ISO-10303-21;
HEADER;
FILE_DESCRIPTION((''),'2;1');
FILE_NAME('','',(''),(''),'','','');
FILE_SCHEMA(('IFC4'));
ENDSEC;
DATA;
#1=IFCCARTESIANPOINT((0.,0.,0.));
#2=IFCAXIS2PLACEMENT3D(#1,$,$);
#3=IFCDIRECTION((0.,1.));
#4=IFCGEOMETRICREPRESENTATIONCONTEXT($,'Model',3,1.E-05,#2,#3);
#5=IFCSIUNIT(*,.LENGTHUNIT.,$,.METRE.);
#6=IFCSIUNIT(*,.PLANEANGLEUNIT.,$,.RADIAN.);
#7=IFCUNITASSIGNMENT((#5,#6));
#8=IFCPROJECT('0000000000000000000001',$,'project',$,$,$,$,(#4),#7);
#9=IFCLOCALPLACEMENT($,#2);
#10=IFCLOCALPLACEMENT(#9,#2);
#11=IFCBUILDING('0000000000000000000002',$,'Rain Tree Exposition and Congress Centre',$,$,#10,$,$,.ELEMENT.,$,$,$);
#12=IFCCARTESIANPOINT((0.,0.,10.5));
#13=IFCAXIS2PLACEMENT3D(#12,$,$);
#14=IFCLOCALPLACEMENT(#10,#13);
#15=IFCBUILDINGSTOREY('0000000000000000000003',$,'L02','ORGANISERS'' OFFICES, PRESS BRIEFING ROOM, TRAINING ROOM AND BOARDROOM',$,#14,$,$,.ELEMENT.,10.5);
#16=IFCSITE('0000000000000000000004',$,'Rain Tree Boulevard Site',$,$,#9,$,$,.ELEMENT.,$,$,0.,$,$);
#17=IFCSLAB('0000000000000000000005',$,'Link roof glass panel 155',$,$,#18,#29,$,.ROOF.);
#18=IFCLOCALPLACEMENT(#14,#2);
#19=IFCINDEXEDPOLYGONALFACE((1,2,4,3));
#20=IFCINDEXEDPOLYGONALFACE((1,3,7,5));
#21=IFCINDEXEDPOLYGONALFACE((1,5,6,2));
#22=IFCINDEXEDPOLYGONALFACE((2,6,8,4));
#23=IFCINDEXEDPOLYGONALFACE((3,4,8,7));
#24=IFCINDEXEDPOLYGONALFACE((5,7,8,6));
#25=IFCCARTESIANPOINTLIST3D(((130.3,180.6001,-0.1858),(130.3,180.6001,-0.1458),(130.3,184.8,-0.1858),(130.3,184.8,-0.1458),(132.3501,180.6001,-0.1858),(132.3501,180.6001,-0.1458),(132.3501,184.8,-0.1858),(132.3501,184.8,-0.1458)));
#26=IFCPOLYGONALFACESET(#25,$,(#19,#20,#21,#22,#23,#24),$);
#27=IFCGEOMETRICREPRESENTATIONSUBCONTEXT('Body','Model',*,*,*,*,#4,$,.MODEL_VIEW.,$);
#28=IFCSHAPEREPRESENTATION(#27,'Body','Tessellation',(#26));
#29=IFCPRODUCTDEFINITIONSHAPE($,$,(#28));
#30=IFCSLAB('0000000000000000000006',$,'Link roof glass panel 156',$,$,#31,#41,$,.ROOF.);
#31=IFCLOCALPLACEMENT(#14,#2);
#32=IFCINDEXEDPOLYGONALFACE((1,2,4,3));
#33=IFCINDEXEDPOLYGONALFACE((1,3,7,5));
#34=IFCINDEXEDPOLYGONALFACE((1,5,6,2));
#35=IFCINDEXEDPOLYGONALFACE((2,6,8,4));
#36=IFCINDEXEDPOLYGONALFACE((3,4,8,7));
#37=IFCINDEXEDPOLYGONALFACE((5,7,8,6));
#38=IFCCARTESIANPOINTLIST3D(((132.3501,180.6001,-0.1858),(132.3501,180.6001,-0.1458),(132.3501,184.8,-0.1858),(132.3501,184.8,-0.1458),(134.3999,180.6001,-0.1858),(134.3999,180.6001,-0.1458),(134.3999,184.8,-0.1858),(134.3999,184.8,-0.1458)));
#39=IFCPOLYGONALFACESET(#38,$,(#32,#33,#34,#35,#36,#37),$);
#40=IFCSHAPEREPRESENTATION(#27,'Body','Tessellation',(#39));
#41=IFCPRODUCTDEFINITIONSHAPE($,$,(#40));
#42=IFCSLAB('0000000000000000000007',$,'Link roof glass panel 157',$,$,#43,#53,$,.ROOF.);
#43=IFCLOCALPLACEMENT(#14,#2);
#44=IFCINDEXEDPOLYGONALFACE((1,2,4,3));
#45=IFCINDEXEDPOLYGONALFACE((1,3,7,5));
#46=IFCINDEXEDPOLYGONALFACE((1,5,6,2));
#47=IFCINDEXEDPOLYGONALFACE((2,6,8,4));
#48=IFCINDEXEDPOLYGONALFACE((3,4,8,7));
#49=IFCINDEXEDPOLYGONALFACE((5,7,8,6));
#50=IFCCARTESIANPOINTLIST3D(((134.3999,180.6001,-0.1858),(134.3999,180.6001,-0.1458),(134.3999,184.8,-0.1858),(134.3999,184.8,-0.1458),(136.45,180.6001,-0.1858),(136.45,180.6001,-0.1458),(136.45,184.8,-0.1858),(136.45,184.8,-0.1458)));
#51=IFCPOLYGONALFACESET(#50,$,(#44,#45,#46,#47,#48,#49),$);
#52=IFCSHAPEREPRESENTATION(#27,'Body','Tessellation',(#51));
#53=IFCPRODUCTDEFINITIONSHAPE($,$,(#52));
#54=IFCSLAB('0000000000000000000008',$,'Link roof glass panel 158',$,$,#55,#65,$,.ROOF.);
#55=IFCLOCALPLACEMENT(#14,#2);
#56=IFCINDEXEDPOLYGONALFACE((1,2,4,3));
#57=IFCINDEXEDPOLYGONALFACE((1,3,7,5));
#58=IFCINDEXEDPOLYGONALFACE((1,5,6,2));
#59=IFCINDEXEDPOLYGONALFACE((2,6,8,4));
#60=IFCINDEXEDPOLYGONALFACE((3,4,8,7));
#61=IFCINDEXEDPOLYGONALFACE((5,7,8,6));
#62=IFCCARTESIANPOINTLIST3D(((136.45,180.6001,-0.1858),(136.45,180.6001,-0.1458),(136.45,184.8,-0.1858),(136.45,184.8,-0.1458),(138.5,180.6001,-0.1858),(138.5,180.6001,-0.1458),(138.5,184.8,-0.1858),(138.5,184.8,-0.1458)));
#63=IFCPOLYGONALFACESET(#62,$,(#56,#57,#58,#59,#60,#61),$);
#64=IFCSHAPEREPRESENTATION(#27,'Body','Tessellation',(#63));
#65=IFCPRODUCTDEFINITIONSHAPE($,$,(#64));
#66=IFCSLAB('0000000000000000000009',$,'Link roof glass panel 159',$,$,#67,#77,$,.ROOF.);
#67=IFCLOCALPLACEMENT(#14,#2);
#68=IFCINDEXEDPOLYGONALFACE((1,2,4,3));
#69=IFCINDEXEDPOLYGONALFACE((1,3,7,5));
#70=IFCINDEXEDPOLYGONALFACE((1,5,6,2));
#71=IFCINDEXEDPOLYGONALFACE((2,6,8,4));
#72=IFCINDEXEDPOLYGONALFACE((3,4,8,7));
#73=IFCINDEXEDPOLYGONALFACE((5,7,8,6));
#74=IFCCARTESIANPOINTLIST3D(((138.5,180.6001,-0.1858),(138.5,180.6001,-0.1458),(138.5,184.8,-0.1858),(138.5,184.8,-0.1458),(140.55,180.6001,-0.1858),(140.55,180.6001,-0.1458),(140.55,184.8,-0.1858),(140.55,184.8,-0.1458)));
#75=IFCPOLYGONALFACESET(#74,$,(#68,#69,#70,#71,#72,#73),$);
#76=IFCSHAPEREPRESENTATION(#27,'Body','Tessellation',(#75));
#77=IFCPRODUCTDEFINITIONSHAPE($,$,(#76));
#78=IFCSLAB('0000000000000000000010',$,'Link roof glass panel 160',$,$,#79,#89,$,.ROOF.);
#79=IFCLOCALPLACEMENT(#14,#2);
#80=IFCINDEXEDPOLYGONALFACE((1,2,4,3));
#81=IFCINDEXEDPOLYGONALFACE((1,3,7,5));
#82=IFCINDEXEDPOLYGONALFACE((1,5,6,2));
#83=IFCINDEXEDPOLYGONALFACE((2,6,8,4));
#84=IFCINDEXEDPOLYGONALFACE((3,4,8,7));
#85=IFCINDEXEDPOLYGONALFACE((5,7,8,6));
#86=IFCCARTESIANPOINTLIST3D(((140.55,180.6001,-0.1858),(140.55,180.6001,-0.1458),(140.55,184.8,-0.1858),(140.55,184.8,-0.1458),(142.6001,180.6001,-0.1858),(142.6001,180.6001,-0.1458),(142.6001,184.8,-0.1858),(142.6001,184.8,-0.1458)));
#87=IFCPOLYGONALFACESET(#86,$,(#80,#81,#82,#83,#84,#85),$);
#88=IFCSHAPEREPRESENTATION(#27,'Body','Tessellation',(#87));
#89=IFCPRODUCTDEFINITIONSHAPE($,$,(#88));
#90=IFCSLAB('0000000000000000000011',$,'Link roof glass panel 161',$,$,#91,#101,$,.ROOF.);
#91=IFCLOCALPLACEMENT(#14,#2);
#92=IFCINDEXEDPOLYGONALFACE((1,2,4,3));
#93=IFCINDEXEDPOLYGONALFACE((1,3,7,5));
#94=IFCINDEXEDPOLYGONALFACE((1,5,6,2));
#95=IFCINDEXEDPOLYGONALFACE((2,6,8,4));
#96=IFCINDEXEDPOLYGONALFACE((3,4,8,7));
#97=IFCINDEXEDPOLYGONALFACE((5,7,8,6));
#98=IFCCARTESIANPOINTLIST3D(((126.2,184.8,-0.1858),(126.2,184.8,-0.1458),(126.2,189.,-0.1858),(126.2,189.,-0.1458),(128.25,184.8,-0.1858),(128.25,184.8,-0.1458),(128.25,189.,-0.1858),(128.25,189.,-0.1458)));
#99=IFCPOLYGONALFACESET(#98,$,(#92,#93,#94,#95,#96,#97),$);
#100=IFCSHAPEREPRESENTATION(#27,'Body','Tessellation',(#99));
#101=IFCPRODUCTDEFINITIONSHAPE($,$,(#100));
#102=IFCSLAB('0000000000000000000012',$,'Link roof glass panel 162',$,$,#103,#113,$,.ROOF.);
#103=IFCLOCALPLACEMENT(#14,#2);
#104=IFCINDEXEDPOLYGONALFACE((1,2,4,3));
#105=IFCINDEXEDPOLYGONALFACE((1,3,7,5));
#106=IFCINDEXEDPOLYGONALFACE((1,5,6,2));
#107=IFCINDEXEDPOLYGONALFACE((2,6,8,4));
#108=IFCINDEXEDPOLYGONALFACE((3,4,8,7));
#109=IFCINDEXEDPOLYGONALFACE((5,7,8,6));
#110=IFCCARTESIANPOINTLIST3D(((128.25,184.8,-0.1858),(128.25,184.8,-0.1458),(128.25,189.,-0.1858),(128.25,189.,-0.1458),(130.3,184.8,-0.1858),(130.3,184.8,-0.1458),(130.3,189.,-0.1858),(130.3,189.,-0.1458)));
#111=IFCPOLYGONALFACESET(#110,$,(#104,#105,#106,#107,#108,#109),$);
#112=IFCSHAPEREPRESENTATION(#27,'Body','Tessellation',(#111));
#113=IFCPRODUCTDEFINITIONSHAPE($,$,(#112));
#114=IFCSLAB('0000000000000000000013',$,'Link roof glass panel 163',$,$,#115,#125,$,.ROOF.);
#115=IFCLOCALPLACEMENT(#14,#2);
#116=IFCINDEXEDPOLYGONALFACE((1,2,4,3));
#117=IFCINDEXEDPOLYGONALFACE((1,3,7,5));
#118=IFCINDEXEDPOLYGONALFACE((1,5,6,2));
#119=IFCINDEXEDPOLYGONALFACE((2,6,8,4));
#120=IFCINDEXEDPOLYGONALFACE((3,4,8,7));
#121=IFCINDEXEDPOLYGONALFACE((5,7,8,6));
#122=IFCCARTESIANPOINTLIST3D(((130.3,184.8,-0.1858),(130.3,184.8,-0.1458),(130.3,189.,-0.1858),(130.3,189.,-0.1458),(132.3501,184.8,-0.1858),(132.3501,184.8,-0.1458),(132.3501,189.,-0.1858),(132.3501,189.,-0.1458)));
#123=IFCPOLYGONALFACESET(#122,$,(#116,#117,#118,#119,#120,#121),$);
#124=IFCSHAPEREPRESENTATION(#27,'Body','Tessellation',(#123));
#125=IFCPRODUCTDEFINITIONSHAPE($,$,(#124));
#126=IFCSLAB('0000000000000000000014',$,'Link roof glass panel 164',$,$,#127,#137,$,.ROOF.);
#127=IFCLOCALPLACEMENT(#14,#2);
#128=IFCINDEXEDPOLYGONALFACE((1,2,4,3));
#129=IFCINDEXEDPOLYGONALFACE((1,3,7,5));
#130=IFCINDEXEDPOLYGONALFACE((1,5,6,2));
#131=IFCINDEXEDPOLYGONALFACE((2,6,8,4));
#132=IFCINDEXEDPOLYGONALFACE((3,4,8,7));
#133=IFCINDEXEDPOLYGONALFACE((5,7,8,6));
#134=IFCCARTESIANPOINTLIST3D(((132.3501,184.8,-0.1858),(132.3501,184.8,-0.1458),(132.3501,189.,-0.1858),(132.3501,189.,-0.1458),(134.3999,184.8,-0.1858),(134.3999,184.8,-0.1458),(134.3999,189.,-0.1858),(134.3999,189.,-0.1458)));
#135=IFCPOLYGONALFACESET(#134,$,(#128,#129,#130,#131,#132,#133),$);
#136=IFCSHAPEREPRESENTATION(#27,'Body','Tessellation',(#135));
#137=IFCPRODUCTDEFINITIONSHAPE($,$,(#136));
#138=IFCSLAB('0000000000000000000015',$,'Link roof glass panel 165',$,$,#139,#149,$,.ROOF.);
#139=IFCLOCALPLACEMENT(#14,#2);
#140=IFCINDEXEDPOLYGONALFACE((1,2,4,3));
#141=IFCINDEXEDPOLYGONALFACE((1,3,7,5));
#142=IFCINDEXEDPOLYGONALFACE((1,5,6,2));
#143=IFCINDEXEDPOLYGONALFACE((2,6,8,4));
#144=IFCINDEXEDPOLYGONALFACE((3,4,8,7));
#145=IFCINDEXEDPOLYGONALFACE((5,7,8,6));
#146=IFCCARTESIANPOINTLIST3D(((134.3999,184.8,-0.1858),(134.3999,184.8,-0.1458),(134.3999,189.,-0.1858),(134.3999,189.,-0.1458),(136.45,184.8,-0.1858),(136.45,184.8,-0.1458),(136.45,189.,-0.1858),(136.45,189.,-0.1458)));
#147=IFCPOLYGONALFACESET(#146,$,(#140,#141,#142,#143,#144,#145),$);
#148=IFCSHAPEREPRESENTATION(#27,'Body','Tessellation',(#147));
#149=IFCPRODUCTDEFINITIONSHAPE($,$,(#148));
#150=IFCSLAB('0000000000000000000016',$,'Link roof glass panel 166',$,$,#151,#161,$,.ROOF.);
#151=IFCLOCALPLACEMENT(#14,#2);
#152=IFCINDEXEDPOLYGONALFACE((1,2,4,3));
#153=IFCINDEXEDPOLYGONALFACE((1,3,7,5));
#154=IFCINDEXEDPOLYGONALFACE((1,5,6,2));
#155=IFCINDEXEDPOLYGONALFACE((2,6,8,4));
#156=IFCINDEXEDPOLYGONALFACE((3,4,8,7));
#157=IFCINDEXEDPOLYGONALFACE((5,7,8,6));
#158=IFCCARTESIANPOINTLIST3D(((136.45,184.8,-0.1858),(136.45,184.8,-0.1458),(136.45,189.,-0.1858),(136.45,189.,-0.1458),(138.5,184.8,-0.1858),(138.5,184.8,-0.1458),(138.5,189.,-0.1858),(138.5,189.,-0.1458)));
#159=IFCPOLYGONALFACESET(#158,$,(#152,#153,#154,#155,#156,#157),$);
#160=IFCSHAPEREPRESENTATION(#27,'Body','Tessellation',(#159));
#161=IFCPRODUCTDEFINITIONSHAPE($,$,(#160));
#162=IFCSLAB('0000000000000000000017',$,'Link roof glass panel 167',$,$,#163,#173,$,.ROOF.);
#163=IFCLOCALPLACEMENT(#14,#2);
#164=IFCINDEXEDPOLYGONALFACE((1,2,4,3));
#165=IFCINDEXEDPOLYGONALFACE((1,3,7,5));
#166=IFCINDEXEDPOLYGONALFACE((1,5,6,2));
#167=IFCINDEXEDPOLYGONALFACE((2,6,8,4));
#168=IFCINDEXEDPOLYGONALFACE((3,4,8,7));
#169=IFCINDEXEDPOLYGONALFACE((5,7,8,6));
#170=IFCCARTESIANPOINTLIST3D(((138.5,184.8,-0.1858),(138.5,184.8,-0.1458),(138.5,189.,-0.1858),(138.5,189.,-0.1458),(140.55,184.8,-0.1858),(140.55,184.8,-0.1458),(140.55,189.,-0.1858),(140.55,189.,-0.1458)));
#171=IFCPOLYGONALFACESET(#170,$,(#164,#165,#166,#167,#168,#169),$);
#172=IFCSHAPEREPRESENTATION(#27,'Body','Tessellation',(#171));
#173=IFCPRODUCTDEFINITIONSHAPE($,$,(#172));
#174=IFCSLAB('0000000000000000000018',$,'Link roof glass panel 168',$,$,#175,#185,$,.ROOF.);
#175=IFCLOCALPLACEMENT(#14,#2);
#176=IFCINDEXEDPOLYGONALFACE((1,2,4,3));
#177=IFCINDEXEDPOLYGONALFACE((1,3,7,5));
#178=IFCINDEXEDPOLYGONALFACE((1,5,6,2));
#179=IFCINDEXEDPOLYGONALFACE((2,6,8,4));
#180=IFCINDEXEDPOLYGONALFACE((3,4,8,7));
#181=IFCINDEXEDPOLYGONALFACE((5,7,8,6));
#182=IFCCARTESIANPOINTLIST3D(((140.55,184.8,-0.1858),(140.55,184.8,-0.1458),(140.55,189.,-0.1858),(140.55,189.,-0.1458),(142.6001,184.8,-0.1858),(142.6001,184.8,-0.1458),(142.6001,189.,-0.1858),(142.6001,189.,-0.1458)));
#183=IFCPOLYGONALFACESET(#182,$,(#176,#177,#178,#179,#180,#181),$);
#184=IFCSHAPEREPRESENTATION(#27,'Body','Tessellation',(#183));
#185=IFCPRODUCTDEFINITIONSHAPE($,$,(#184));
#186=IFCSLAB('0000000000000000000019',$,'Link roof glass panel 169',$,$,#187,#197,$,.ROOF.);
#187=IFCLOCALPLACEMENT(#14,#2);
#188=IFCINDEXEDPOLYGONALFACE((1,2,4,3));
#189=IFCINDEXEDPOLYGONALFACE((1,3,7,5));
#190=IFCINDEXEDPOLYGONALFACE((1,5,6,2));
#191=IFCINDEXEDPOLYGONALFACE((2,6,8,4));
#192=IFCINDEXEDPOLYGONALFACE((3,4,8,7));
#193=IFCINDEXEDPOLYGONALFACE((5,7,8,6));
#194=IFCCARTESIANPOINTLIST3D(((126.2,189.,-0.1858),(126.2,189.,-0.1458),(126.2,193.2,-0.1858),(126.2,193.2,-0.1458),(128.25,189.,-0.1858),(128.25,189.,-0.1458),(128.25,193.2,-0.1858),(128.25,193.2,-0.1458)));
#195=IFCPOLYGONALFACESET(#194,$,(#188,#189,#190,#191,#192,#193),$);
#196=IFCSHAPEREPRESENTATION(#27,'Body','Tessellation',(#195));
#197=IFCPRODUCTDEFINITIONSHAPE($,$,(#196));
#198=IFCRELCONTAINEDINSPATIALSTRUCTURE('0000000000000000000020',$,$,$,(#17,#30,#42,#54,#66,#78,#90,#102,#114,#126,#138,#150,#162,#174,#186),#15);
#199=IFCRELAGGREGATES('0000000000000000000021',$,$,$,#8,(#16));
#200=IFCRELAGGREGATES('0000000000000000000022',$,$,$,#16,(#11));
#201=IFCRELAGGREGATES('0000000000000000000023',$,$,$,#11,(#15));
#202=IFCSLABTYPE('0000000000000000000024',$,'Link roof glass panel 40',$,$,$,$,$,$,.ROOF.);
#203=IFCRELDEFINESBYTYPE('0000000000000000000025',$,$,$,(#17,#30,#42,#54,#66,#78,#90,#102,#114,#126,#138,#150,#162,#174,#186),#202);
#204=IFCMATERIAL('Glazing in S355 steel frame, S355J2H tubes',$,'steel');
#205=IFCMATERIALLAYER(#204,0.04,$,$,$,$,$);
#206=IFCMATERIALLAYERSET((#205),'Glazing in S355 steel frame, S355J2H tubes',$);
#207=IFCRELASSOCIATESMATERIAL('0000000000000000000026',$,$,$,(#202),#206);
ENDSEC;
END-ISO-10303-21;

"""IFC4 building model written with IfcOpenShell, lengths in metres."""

from ifc_helpers import new_model, si_unit, direction, frame, origin, place, context, subcontext, project, spatial, polyline, outline, extrude, material, layer, layer_set, type_object, element, save


model = new_model("IFC4")

# Units and contexts
model_context = context("Model", 3, precision=1e-05, world=origin(), true_north=direction((0.0, 1.0)))
body_context = subcontext(model_context, "Body", "Model", "MODEL_VIEW")
ifc_project = project(units=[si_unit("LENGTHUNIT", "METRE"), si_unit("PLANEANGLEUNIT", "RADIAN")], contexts=[model_context])

# Site, building, storey
site_placement = place(None, origin())
site = spatial("IfcSite", under=ifc_project, at=site_placement, Name="Rain Tree Boulevard Site", CompositionType="ELEMENT", RefElevation=0.0)
building_placement = place(site_placement, origin())
building = spatial("IfcBuilding", under=site, at=building_placement, Name="Rain Tree Exposition and Congress Centre", CompositionType="ELEMENT")
storey_placement = place(building_placement, frame((0.0, 0.0, 10.5)))
storey = spatial("IfcBuildingStorey", under=building, at=storey_placement, Name="L02", Description="ORGANISERS' OFFICES, PRESS BRIEFING ROOM, TRAINING ROOM AND BOARDROOM", CompositionType="ELEMENT", Elevation=10.5)

# Slabs
ifc_material = material(Name="Glazing in S355 steel frame, S355J2H tubes", Category="steel")
ifc_layer = layer(ifc_material, 0.04)
ifc_layer_set = layer_set([ifc_layer], Name="Glazing in S355 steel frame, S355J2H tubes")
slab_type = type_object("IfcSlabType", Name="Link roof glass panel 40", PredefinedType="ROOF", material=ifc_layer_set)
slab_1_placement = place(storey_placement, frame((0.0, 0.0, -0.1858)))
element("IfcSlab", 1, at=slab_1_placement, inside=storey, type_object=slab_type, Name="Link roof glass panel 155", PredefinedType="ROOF", context=body_context, shape_type="SweptSolid", body=[
    extrude(outline(polyline([(130.3, 180.6001), (132.3501, 180.6001), (132.3501, 184.8), (130.3, 184.8), (130.3, 180.6001)])), origin(), (0.0, 0.0, 1.0), 0.04),
])
slab_2_placement = place(storey_placement, frame((0.0, 0.0, -0.1858)))
element("IfcSlab", 2, at=slab_2_placement, inside=storey, type_object=slab_type, Name="Link roof glass panel 156", PredefinedType="ROOF", context=body_context, shape_type="SweptSolid", body=[
    extrude(outline(polyline([(132.3501, 180.6001), (134.3999, 180.6001), (134.3999, 184.8), (132.3501, 184.8), (132.3501, 180.6001)])), origin(), (0.0, 0.0, 1.0), 0.04),
])
slab_3_placement = place(storey_placement, frame((0.0, 0.0, -0.1858)))
element("IfcSlab", 3, at=slab_3_placement, inside=storey, type_object=slab_type, Name="Link roof glass panel 157", PredefinedType="ROOF", context=body_context, shape_type="SweptSolid", body=[
    extrude(outline(polyline([(134.3999, 180.6001), (136.45, 180.6001), (136.45, 184.8), (134.3999, 184.8), (134.3999, 180.6001)])), origin(), (0.0, 0.0, 1.0), 0.04),
])
slab_4_placement = place(storey_placement, frame((0.0, 0.0, -0.1858)))
element("IfcSlab", 4, at=slab_4_placement, inside=storey, type_object=slab_type, Name="Link roof glass panel 158", PredefinedType="ROOF", context=body_context, shape_type="SweptSolid", body=[
    extrude(outline(polyline([(136.45, 180.6001), (138.5, 180.6001), (138.5, 184.8), (136.45, 184.8), (136.45, 180.6001)])), origin(), (0.0, 0.0, 1.0), 0.04),
])
slab_5_placement = place(storey_placement, frame((0.0, 0.0, -0.1858)))
element("IfcSlab", 5, at=slab_5_placement, inside=storey, type_object=slab_type, Name="Link roof glass panel 159", PredefinedType="ROOF", context=body_context, shape_type="SweptSolid", body=[
    extrude(outline(polyline([(138.5, 180.6001), (140.55, 180.6001), (140.55, 184.8), (138.5, 184.8), (138.5, 180.6001)])), origin(), (0.0, 0.0, 1.0), 0.04),
])
slab_6_placement = place(storey_placement, frame((0.0, 0.0, -0.1858)))
element("IfcSlab", 6, at=slab_6_placement, inside=storey, type_object=slab_type, Name="Link roof glass panel 160", PredefinedType="ROOF", context=body_context, shape_type="SweptSolid", body=[
    extrude(outline(polyline([(140.55, 180.6001), (142.6001, 180.6001), (142.6001, 184.8), (140.55, 184.8), (140.55, 180.6001)])), origin(), (0.0, 0.0, 1.0), 0.04),
])
slab_7_placement = place(storey_placement, frame((0.0, 0.0, -0.1858)))
element("IfcSlab", 7, at=slab_7_placement, inside=storey, type_object=slab_type, Name="Link roof glass panel 161", PredefinedType="ROOF", context=body_context, shape_type="SweptSolid", body=[
    extrude(outline(polyline([(126.2, 184.8), (128.25, 184.8), (128.25, 189.0), (126.2, 189.0), (126.2, 184.8)])), origin(), (0.0, 0.0, 1.0), 0.04),
])
slab_8_placement = place(storey_placement, frame((0.0, 0.0, -0.1858)))
element("IfcSlab", 8, at=slab_8_placement, inside=storey, type_object=slab_type, Name="Link roof glass panel 162", PredefinedType="ROOF", context=body_context, shape_type="SweptSolid", body=[
    extrude(outline(polyline([(128.25, 184.8), (130.3, 184.8), (130.3, 189.0), (128.25, 189.0), (128.25, 184.8)])), origin(), (0.0, 0.0, 1.0), 0.04),
])
slab_9_placement = place(storey_placement, frame((0.0, 0.0, -0.1858)))
element("IfcSlab", 9, at=slab_9_placement, inside=storey, type_object=slab_type, Name="Link roof glass panel 163", PredefinedType="ROOF", context=body_context, shape_type="SweptSolid", body=[
    extrude(outline(polyline([(130.3, 184.8), (132.3501, 184.8), (132.3501, 189.0), (130.3, 189.0), (130.3, 184.8)])), origin(), (0.0, 0.0, 1.0), 0.04),
])
slab_10_placement = place(storey_placement, frame((0.0, 0.0, -0.1858)))
element("IfcSlab", 10, at=slab_10_placement, inside=storey, type_object=slab_type, Name="Link roof glass panel 164", PredefinedType="ROOF", context=body_context, shape_type="SweptSolid", body=[
    extrude(outline(polyline([(132.3501, 184.8), (134.3999, 184.8), (134.3999, 189.0), (132.3501, 189.0), (132.3501, 184.8)])), origin(), (0.0, 0.0, 1.0), 0.04),
])
slab_11_placement = place(storey_placement, frame((0.0, 0.0, -0.1858)))
element("IfcSlab", 11, at=slab_11_placement, inside=storey, type_object=slab_type, Name="Link roof glass panel 165", PredefinedType="ROOF", context=body_context, shape_type="SweptSolid", body=[
    extrude(outline(polyline([(134.3999, 184.8), (136.45, 184.8), (136.45, 189.0), (134.3999, 189.0), (134.3999, 184.8)])), origin(), (0.0, 0.0, 1.0), 0.04),
])
slab_12_placement = place(storey_placement, frame((0.0, 0.0, -0.1858)))
element("IfcSlab", 12, at=slab_12_placement, inside=storey, type_object=slab_type, Name="Link roof glass panel 166", PredefinedType="ROOF", context=body_context, shape_type="SweptSolid", body=[
    extrude(outline(polyline([(136.45, 184.8), (138.5, 184.8), (138.5, 189.0), (136.45, 189.0), (136.45, 184.8)])), origin(), (0.0, 0.0, 1.0), 0.04),
])
slab_13_placement = place(storey_placement, frame((0.0, 0.0, -0.1858)))
element("IfcSlab", 13, at=slab_13_placement, inside=storey, type_object=slab_type, Name="Link roof glass panel 167", PredefinedType="ROOF", context=body_context, shape_type="SweptSolid", body=[
    extrude(outline(polyline([(138.5, 184.8), (140.55, 184.8), (140.55, 189.0), (138.5, 189.0), (138.5, 184.8)])), origin(), (0.0, 0.0, 1.0), 0.04),
])
slab_14_placement = place(storey_placement, frame((0.0, 0.0, -0.1858)))
element("IfcSlab", 14, at=slab_14_placement, inside=storey, type_object=slab_type, Name="Link roof glass panel 168", PredefinedType="ROOF", context=body_context, shape_type="SweptSolid", body=[
    extrude(outline(polyline([(140.55, 184.8), (142.6001, 184.8), (142.6001, 189.0), (140.55, 189.0), (140.55, 184.8)])), origin(), (0.0, 0.0, 1.0), 0.04),
])
slab_15_placement = place(storey_placement, frame((0.0, 0.0, -0.1858)))
element("IfcSlab", 15, at=slab_15_placement, inside=storey, type_object=slab_type, Name="Link roof glass panel 169", PredefinedType="ROOF", context=body_context, shape_type="SweptSolid", body=[
    extrude(outline(polyline([(126.2, 189.0), (128.25, 189.0), (128.25, 193.2), (126.2, 193.2), (126.2, 189.0)])), origin(), (0.0, 0.0, 1.0), 0.04),
])

save(model, "model.ifc")
